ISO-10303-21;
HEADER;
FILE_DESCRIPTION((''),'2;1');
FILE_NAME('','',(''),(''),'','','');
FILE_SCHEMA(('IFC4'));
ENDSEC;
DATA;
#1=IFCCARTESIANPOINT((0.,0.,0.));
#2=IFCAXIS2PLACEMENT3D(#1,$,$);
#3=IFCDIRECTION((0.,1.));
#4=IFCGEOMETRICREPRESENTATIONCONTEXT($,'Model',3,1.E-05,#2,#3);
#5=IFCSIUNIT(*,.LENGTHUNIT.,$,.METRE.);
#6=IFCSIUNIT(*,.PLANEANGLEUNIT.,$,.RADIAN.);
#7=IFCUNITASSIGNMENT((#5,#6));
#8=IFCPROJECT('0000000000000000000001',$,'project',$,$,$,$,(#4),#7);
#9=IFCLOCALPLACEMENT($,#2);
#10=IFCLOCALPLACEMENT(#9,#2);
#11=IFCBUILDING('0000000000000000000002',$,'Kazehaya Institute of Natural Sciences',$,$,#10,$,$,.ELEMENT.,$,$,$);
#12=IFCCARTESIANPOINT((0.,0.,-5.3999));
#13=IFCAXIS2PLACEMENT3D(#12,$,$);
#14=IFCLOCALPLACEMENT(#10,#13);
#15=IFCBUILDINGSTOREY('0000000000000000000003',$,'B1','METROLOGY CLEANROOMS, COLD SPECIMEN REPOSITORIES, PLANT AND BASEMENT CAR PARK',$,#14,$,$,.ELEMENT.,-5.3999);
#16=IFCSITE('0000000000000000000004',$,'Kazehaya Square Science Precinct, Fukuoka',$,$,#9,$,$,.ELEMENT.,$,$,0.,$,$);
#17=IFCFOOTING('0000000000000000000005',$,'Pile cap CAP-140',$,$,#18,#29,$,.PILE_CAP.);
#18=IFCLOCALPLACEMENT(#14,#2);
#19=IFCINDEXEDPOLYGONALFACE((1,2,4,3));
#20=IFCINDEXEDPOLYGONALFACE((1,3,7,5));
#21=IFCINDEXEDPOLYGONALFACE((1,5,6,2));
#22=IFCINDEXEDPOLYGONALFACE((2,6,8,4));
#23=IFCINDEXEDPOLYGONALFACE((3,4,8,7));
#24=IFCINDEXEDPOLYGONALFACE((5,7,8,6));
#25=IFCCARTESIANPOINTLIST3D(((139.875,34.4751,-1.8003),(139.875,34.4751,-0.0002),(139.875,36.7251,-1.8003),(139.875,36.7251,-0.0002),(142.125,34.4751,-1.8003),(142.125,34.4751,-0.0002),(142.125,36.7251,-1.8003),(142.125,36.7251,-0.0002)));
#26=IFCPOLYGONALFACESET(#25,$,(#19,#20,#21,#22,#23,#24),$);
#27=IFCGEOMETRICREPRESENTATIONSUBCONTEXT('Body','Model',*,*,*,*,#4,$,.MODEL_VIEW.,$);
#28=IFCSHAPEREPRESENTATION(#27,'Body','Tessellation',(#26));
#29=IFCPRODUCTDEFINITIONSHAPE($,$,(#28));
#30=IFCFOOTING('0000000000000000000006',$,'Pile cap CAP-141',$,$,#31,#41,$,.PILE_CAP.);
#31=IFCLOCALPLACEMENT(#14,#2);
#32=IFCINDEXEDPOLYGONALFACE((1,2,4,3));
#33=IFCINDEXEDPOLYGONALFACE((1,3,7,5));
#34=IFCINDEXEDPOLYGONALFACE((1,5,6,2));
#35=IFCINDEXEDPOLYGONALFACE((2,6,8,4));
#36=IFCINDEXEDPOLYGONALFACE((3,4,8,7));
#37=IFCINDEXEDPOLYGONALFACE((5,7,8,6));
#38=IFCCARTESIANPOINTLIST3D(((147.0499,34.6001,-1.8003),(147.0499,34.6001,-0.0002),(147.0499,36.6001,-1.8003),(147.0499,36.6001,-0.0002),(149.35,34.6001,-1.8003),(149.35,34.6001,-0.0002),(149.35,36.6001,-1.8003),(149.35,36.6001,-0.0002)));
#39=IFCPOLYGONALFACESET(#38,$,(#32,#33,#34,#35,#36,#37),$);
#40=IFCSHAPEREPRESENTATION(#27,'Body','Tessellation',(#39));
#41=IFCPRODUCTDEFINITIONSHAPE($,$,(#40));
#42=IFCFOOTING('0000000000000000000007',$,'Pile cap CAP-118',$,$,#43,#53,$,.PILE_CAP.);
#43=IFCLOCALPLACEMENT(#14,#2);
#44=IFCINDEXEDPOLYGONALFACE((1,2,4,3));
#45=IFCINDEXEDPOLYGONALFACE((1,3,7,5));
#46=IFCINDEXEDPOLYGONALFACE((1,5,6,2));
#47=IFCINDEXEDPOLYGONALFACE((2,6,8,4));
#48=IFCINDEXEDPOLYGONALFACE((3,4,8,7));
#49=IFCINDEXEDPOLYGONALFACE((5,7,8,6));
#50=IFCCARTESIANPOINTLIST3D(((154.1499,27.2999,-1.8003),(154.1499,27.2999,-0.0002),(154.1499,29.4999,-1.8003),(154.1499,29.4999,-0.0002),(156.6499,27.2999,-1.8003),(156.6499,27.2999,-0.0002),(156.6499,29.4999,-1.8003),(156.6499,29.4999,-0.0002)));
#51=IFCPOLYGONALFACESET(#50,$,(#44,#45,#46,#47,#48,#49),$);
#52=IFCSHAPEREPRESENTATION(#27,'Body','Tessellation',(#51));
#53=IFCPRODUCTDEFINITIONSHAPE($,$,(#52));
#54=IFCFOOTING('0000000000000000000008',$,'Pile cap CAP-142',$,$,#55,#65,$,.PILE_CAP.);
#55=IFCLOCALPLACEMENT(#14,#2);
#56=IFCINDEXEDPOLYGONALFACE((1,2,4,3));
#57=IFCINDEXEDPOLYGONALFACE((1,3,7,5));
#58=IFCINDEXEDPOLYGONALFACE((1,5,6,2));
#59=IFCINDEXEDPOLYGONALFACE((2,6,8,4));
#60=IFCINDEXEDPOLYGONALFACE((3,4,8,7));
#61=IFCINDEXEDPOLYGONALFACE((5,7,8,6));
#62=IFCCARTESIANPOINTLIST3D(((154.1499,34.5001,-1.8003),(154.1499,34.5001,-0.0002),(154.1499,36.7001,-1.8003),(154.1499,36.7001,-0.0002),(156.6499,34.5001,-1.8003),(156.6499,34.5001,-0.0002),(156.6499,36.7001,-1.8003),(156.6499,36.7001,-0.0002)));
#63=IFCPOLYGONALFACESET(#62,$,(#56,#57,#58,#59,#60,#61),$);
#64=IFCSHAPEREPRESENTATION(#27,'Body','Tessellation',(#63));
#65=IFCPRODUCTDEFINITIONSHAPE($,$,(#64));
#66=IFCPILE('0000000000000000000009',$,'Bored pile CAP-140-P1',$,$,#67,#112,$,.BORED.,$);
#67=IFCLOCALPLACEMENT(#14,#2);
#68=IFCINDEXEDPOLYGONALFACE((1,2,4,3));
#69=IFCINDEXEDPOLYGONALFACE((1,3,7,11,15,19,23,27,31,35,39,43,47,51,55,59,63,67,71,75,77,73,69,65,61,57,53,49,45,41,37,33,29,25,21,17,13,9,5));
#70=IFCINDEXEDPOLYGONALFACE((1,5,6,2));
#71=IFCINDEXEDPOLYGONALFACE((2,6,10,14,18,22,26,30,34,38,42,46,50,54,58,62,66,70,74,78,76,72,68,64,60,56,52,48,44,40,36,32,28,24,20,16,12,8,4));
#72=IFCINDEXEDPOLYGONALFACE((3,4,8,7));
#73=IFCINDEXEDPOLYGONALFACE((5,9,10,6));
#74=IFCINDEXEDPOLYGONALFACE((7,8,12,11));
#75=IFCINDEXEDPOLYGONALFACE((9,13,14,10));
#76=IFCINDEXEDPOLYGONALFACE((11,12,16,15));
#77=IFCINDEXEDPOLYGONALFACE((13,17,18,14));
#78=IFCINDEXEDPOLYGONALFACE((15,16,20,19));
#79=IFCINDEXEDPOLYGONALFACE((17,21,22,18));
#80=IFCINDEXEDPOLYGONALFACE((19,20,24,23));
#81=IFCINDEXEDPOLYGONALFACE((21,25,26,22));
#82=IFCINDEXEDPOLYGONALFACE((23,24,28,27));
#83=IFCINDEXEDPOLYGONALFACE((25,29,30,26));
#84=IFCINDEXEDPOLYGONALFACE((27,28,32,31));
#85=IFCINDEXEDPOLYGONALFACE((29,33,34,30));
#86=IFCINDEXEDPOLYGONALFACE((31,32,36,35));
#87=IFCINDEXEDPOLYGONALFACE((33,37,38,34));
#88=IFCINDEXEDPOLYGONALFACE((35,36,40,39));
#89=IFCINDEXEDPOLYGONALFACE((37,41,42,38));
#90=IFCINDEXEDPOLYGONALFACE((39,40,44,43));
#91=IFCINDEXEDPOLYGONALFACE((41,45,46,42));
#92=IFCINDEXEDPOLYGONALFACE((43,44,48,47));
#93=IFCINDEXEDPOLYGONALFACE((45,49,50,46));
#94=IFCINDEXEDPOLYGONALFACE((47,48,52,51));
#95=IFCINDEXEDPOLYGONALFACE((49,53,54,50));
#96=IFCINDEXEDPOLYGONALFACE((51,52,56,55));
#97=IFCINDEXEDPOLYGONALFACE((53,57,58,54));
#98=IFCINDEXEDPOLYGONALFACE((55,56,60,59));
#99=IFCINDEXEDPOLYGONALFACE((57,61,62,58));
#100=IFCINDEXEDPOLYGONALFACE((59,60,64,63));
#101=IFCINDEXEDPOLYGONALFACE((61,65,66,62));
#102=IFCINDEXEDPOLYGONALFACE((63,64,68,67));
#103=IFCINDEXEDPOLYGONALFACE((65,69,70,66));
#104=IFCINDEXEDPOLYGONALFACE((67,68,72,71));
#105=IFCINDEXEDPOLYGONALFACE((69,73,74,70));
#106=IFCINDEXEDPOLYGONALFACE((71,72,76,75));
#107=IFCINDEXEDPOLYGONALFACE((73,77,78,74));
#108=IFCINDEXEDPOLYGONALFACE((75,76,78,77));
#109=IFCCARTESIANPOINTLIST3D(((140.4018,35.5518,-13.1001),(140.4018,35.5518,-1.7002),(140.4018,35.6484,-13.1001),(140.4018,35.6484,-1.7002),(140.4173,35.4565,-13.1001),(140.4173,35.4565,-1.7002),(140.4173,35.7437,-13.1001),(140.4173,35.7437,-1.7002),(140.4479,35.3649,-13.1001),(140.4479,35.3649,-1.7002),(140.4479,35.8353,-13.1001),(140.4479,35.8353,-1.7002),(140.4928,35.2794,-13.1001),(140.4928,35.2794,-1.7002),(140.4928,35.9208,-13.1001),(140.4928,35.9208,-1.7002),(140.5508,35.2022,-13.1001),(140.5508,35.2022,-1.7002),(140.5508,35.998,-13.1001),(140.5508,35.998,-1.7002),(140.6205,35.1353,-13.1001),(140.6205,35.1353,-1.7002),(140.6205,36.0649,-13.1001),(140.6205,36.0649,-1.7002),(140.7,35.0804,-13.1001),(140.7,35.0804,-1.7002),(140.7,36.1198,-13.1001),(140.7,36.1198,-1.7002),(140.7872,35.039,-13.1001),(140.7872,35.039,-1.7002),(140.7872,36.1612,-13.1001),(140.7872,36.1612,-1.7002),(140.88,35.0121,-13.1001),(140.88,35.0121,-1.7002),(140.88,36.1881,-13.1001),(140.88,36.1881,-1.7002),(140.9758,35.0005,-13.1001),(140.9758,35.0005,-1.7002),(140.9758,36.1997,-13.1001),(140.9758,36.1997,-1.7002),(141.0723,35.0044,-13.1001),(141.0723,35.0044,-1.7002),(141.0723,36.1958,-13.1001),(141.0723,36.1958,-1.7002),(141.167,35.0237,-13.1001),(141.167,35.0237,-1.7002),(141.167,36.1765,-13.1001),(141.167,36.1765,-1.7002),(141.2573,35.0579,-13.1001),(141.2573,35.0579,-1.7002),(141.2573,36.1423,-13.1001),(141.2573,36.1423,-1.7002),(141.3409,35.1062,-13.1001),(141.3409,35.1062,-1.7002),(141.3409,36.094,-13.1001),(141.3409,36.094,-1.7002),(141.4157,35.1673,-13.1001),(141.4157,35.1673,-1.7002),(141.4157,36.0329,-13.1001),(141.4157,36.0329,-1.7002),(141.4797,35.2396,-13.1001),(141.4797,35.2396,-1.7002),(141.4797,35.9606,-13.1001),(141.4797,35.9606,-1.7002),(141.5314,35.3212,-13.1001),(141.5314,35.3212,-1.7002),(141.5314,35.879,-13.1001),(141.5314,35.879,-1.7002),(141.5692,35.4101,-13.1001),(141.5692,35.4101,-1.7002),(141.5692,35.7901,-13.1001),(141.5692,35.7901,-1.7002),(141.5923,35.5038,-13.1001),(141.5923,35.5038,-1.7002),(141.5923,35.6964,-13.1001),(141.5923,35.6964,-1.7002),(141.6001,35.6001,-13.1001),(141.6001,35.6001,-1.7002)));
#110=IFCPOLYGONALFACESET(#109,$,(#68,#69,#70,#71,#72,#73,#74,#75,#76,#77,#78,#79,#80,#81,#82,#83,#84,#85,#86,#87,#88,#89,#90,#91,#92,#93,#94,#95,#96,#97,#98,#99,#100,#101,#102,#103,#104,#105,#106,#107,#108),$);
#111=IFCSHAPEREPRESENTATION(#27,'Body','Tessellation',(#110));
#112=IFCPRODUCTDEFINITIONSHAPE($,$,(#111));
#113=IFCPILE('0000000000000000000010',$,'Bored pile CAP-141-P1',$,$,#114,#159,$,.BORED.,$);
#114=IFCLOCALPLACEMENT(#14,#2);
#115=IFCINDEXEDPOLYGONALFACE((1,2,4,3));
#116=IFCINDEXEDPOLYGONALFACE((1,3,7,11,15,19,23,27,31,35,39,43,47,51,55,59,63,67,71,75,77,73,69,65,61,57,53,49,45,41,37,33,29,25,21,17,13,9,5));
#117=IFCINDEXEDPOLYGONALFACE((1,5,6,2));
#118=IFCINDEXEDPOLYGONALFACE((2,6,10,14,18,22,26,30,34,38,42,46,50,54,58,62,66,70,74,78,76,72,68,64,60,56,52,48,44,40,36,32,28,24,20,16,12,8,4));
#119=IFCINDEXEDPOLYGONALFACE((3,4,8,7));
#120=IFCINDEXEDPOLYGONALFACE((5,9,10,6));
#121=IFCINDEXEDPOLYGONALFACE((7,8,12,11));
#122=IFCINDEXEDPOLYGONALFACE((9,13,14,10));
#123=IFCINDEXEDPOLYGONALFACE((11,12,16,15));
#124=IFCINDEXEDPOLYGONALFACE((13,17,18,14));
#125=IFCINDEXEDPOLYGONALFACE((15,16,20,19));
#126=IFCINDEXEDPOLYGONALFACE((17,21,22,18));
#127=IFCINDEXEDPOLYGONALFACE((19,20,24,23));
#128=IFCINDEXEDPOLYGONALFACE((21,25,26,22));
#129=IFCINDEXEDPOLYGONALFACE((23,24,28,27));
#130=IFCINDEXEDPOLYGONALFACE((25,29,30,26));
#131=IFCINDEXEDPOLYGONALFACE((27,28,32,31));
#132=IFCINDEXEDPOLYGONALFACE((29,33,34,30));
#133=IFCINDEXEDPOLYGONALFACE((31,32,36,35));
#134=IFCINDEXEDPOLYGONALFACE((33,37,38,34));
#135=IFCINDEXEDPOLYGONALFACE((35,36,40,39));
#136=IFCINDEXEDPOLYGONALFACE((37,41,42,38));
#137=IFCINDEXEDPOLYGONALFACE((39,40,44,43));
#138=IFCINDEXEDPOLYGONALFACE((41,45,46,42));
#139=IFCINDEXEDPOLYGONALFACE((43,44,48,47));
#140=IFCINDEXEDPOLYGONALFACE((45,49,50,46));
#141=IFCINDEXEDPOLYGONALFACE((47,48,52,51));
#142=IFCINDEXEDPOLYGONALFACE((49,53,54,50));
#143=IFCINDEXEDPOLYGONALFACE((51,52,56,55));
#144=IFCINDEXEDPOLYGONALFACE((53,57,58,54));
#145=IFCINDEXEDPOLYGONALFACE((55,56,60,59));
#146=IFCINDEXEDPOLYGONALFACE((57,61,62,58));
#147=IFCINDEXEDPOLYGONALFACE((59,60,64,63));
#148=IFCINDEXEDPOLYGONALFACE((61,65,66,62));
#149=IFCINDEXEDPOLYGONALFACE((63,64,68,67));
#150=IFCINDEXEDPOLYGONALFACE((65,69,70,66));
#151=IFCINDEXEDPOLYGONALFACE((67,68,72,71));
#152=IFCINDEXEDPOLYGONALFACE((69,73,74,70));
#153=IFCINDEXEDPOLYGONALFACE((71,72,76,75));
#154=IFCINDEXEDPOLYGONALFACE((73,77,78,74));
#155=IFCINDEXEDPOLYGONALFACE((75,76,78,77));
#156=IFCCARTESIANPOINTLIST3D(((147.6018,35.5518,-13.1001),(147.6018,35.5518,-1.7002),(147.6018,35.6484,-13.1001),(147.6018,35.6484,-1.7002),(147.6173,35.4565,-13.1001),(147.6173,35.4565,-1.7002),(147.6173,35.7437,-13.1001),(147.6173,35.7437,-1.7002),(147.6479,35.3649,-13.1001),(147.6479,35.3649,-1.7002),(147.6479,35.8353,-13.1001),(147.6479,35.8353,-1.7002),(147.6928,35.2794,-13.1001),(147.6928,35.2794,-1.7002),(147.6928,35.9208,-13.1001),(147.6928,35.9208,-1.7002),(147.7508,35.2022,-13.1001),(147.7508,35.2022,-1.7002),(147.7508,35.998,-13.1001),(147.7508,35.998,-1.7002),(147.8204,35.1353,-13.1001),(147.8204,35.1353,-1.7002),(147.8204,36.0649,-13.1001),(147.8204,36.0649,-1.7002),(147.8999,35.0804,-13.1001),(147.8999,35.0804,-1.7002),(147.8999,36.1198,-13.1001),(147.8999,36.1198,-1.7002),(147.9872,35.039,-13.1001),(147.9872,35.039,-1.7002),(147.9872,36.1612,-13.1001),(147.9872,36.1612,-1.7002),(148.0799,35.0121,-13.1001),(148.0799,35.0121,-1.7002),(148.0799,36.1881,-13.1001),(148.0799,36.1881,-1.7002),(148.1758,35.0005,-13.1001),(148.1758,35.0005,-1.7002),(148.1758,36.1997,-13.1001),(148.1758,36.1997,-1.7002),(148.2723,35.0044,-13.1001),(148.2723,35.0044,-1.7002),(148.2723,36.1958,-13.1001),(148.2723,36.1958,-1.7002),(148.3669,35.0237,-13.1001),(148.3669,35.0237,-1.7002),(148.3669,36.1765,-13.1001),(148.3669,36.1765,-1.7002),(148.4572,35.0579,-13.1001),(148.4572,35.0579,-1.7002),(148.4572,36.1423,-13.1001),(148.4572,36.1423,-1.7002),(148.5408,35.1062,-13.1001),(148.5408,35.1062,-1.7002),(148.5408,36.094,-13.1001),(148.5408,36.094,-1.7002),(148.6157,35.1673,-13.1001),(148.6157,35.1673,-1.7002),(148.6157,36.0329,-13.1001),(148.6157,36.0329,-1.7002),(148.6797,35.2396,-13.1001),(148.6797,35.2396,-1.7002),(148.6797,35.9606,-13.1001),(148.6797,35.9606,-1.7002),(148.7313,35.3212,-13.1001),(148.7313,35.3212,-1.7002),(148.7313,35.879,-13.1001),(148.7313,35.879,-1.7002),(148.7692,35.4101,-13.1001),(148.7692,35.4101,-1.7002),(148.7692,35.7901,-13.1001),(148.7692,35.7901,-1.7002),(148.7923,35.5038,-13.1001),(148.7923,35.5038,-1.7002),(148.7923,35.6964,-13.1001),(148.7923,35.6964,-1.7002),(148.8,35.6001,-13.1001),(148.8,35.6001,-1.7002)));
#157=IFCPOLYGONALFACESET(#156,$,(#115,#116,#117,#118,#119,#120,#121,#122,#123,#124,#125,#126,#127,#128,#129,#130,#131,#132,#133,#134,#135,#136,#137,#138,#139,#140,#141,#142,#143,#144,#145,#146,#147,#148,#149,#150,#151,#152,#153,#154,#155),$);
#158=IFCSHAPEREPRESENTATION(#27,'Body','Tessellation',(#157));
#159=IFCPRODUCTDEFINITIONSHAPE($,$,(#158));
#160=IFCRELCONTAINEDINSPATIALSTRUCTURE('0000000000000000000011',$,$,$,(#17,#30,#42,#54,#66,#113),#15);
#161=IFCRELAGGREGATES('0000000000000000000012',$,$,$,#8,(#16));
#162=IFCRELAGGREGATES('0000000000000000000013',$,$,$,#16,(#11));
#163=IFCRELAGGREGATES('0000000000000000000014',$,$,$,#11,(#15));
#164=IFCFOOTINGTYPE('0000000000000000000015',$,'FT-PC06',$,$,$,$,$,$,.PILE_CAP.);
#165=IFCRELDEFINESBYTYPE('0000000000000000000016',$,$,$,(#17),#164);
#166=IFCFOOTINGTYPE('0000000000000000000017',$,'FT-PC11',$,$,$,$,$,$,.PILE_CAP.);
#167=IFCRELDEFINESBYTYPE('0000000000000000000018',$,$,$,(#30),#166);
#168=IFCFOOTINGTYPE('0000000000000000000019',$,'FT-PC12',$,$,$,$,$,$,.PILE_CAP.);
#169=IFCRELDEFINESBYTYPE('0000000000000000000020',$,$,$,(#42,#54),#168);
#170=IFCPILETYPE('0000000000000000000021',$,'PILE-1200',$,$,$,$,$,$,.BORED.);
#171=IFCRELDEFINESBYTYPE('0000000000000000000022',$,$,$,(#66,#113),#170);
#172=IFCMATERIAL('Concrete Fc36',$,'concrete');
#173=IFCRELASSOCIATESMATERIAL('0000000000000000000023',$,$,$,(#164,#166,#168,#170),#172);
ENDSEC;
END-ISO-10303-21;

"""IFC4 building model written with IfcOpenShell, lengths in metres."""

from ifc_helpers import new_model, si_unit, direction, frame, origin, origin_2d, place, context, subcontext, project, spatial, rectangle, circle, extrude, material, material_profile, profile_set, type_object, element, save


model = new_model("IFC4")

# Units and contexts
model_context = context("Model", 3, precision=1e-05, world=origin(), true_north=direction((0.0, 1.0)))
body_context = subcontext(model_context, "Body", "Model", "MODEL_VIEW")
ifc_project = project(units=[si_unit("LENGTHUNIT", "METRE"), si_unit("PLANEANGLEUNIT", "RADIAN")], contexts=[model_context])

# Site, building, storey
site_placement = place(None, origin())
site = spatial("IfcSite", under=ifc_project, at=site_placement, Name="Kazehaya Square Science Precinct, Fukuoka", CompositionType="ELEMENT", RefElevation=0.0)
building_placement = place(site_placement, origin())
building = spatial("IfcBuilding", under=site, at=building_placement, Name="Kazehaya Institute of Natural Sciences", CompositionType="ELEMENT")
storey_placement = place(building_placement, frame((0.0, 0.0, -5.3999)))
storey = spatial("IfcBuildingStorey", under=building, at=storey_placement, Name="B1", Description="METROLOGY CLEANROOMS, COLD SPECIMEN REPOSITORIES, PLANT AND BASEMENT CAR PARK", CompositionType="ELEMENT", Elevation=-5.3999)

# Footings
ifc_material_1 = material(Name="Concrete Fc36", Category="concrete")
footing_type_1 = type_object("IfcFootingType", Name="FT-PC06", PredefinedType="PILE_CAP", material=ifc_material_1)
footing_1_placement = place(storey_placement, frame((141.0, 35.6001, -1.8003), z_axis=(0.0, 0.0, 1.0), x_axis=(1.0, 0.0, 0.0)))
element("IfcFooting", 1, at=footing_1_placement, inside=storey, type_object=footing_type_1, Name="Pile cap CAP-140", PredefinedType="PILE_CAP", context=body_context, shape_type="SweptSolid", body=[
    extrude(rectangle(XDim=2.25, YDim=2.25, at=origin_2d()), origin(), (0.0, 0.0, 1.0), 1.8),
])
footing_type_2 = type_object("IfcFootingType", Name="FT-PC11", PredefinedType="PILE_CAP", material=ifc_material_1)
footing_2_placement = place(storey_placement, frame((148.2, 35.6001, -1.8003), z_axis=(0.0, 0.0, 1.0), x_axis=(1.0, 0.0, 0.0)))
element("IfcFooting", 2, at=footing_2_placement, inside=storey, type_object=footing_type_2, Name="Pile cap CAP-141", PredefinedType="PILE_CAP", context=body_context, shape_type="SweptSolid", body=[
    extrude(rectangle(XDim=2.3, YDim=2.0, at=origin_2d()), origin(), (0.0, 0.0, 1.0), 1.8),
])
footing_type_3 = type_object("IfcFootingType", Name="FT-PC12", PredefinedType="PILE_CAP", material=ifc_material_1)
for number, where, z_axis, x_axis, name in (
    (3, (155.3999, 28.3999, -1.8003), (0.0, 0.0, 1.0), (1.0, 0.0, 0.0), "Pile cap CAP-118"),
    (4, (155.3999, 35.6001, -1.8003), (0.0, 0.0, 1.0), (1.0, 0.0, 0.0), "Pile cap CAP-142"),
):
    element("IfcFooting", number, at=place(storey_placement, frame(where, z_axis=z_axis, x_axis=x_axis)), inside=storey, type_object=footing_type_3, Name=name, PredefinedType="PILE_CAP", context=body_context, shape_type="SweptSolid", body=[
        extrude(rectangle(XDim=2.5, YDim=2.2, at=origin_2d()), origin(), (0.0, 0.0, 1.0), 1.8),
    ])

# Piles
ifc_material_profile_1 = material_profile(ifc_material_1, circle(Radius=0.6001, at=origin_2d()), Name="PILE-1200")
ifc_profile_set_1 = profile_set([ifc_material_profile_1], Name="Concrete Fc36")
pile_type_1 = type_object("IfcPileType", Name="PILE-1200", PredefinedType="BORED", material=ifc_profile_set_1)
for number, where, z_axis, x_axis, name in (
    (5, (141.0, 35.6001, -1.7002), (0.0, 0.0, -1.0), (1.0, 0.0, 0.0), "Bored pile CAP-140-P1"),
    (6, (148.2, 35.6001, -1.7002), (0.0, 0.0, -1.0), (1.0, 0.0, 0.0), "Bored pile CAP-141-P1"),
):
    element("IfcPile", number, at=place(storey_placement, frame(where, z_axis=z_axis, x_axis=x_axis)), inside=storey, type_object=pile_type_1, Name=name, PredefinedType="BORED", context=body_context, shape_type="SweptSolid", body=[
        extrude(circle(Radius=0.6001, at=origin_2d()), origin(), (0.0, 0.0, 1.0), 11.3999),
    ])

save(model, "model.ifc")
